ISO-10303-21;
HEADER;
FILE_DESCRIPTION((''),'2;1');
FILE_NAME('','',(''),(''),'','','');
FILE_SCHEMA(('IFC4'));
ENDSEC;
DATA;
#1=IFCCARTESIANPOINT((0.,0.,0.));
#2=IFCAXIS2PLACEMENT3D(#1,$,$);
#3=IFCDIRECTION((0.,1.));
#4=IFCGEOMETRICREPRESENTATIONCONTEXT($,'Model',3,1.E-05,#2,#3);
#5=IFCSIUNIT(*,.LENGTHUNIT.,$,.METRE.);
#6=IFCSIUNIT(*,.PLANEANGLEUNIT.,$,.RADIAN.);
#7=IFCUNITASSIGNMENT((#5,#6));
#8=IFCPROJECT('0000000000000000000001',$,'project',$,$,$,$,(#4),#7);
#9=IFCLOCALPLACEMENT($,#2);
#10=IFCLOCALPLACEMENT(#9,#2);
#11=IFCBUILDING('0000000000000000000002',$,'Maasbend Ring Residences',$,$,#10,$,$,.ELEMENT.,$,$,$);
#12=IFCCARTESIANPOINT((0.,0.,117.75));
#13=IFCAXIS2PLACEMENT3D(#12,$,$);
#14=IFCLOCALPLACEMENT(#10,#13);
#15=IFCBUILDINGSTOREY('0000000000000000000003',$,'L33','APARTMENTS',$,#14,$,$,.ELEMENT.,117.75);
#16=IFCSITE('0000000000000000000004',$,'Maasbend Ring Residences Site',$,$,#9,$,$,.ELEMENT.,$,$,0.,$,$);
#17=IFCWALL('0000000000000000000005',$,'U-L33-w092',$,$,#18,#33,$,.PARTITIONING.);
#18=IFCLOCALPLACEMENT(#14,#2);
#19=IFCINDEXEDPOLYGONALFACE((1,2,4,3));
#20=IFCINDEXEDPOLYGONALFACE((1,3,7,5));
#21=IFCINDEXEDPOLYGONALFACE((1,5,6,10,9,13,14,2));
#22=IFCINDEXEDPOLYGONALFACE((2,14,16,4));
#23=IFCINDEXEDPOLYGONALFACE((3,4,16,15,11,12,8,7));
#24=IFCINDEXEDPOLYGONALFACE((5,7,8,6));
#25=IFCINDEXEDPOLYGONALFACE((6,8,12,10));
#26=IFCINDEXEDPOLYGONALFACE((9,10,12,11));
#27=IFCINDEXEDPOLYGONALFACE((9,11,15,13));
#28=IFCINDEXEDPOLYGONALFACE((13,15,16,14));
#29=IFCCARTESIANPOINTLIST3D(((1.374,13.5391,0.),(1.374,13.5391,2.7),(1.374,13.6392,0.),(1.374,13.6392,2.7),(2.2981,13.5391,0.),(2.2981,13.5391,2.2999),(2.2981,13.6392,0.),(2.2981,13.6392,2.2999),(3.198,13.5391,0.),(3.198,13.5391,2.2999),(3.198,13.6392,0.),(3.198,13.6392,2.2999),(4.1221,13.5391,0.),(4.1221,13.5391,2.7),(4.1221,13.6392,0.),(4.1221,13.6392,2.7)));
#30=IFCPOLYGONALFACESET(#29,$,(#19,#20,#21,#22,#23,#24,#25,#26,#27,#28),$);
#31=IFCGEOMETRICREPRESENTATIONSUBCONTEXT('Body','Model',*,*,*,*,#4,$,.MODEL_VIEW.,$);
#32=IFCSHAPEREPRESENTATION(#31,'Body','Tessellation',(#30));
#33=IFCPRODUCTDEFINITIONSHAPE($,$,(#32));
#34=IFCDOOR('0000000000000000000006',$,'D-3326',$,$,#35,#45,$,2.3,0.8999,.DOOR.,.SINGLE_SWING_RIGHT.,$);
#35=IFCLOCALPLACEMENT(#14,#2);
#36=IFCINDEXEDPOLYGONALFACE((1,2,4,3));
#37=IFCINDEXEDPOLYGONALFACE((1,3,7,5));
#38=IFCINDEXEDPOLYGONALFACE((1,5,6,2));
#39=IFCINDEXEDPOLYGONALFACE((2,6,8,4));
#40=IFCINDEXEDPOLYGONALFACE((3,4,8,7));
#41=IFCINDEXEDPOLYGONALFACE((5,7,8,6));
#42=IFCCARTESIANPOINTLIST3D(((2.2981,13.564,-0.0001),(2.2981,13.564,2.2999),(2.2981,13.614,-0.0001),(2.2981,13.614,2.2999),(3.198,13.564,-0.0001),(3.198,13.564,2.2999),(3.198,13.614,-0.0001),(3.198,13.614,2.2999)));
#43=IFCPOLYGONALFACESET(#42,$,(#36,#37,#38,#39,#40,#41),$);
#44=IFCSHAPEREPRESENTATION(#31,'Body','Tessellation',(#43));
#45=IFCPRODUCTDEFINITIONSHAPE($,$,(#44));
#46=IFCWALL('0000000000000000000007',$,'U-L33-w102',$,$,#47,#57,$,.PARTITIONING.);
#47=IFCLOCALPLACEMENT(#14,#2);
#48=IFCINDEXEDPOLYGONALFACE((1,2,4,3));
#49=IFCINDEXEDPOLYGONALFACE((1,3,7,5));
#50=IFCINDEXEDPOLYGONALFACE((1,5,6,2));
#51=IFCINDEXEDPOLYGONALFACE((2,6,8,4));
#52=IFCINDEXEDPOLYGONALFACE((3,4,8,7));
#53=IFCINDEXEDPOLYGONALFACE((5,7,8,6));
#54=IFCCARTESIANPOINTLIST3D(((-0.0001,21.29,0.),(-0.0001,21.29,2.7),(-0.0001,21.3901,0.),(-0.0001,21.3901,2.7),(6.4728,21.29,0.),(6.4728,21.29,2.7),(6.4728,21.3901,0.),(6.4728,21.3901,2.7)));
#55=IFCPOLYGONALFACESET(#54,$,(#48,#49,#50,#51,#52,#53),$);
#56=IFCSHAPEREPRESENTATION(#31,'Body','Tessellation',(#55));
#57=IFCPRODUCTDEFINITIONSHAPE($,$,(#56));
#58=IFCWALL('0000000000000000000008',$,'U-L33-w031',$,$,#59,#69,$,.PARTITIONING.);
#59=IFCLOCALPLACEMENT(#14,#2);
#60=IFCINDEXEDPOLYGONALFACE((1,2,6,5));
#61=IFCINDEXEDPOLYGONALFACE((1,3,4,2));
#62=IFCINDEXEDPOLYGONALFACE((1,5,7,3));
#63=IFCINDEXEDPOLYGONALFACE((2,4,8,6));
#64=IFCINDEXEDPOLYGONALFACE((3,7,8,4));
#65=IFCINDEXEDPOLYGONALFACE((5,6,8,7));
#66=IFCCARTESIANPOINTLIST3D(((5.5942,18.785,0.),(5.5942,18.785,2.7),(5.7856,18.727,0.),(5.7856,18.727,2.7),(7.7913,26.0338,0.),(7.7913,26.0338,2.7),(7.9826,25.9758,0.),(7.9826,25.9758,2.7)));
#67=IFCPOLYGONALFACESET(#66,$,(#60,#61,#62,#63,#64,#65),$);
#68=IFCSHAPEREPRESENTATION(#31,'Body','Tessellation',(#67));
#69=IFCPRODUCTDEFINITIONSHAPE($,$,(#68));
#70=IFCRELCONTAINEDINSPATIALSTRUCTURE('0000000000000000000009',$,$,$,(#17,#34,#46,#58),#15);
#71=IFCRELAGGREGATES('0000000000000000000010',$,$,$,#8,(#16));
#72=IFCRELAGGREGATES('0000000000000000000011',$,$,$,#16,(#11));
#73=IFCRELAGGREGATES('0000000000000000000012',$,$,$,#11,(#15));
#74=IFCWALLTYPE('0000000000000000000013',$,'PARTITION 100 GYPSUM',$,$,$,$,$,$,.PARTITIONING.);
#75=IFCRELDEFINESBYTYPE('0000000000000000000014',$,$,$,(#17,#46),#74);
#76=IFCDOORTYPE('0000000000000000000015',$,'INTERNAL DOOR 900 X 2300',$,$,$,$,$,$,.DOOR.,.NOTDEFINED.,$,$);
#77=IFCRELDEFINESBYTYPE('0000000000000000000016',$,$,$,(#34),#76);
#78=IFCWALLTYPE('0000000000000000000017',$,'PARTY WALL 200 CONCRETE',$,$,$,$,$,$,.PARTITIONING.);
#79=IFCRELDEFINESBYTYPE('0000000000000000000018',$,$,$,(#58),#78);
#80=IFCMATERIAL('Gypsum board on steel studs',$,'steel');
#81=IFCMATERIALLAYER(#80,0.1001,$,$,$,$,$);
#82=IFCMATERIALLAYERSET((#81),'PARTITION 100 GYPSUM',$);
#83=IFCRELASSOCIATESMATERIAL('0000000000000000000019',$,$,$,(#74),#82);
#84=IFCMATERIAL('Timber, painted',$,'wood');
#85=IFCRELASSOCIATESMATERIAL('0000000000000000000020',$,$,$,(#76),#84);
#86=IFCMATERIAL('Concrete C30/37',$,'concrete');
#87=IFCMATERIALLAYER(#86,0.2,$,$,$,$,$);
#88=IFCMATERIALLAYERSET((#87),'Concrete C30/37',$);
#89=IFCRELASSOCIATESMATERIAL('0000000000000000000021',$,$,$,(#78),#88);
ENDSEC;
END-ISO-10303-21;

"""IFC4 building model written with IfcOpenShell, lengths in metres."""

from ifc_helpers import new_model, si_unit, direction, frame, frame_2d, origin, place, context, subcontext, project, spatial, rectangle, extrude, material, layer, layer_set, type_object, element, fill, save


model = new_model("IFC4")

# Units and contexts
model_context = context("Model", 3, precision=1e-05, world=origin(), true_north=direction((0.0, 1.0)))
body_context = subcontext(model_context, "Body", "Model", "MODEL_VIEW")
ifc_project = project(units=[si_unit("LENGTHUNIT", "METRE"), si_unit("PLANEANGLEUNIT", "RADIAN")], contexts=[model_context])

# Site, building, storey
site_placement = place(None, origin())
site = spatial("IfcSite", under=ifc_project, at=site_placement, Name="Maasbend Ring Residences Site", CompositionType="ELEMENT", RefElevation=0.0)
building_placement = place(site_placement, origin())
building = spatial("IfcBuilding", under=site, at=building_placement, Name="Maasbend Ring Residences", CompositionType="ELEMENT")
storey_placement = place(building_placement, frame((0.0, 0.0, 117.75)))
storey = spatial("IfcBuildingStorey", under=building, at=storey_placement, Name="L33", Description="APARTMENTS", CompositionType="ELEMENT", Elevation=117.75)

# Shared definitions
ifc_material_1 = material(Name="Gypsum board on steel studs", Category="steel")
ifc_layer_1 = layer(ifc_material_1, 0.1001)
ifc_layer_set_1 = layer_set([ifc_layer_1], Name="PARTITION 100 GYPSUM")
wall_type_1 = type_object("IfcWallType", Name="PARTITION 100 GYPSUM", PredefinedType="PARTITIONING", material=ifc_layer_set_1)
ifc_material_2 = material(Name="Timber, painted", Category="wood")
door_type_1 = type_object("IfcDoorType", Name="INTERNAL DOOR 900 X 2300", OperationType="NOTDEFINED", PredefinedType="DOOR", material=ifc_material_2)

# Wall, opening, door
wall_1_placement = place(storey_placement, frame((1.374, 13.5891, 0.0), z_axis=(0.0, 0.0, 1.0), x_axis=(1.0, 0.0, 0.0)))
wall_1 = element("IfcWall", 1, at=wall_1_placement, inside=storey, type_object=wall_type_1, Name="U-L33-w092", PredefinedType="PARTITIONING", context=body_context, shape_type="SweptSolid", body=[
    extrude(rectangle(XDim=2.748, YDim=0.1001, at=frame_2d((1.374, 0.0))), origin(), (0.0, 0.0, 1.0), 2.7),
])
opening_1_placement = place(wall_1_placement, frame((0.9241, 0.0, 0.0)))
opening_1 = element("IfcOpeningElement", 2, at=opening_1_placement, cuts=wall_1, PredefinedType="OPENING", context=body_context, shape_type="SweptSolid", body=[
    extrude(rectangle(XDim=0.8999, YDim=2.3, at=frame_2d((0.45, 1.1499))), frame((0.0, 0.0601, 0.0), z_axis=(0.0, -1.0, 0.0), x_axis=(1.0, 0.0, 0.0)), (0.0, 0.0, 1.0), 0.1201),
])
door_1_placement = place(opening_1_placement, origin())
door_1 = element("IfcDoor", 3, at=door_1_placement, inside=storey, type_object=door_type_1, Name="D-3326", OperationType="SINGLE_SWING_RIGHT", OverallHeight=2.3, OverallWidth=0.8999, PredefinedType="DOOR", context=body_context, shape_type="SweptSolid", body=[
    extrude(rectangle(XDim=0.8999, YDim=2.3, at=frame_2d((0.45, 1.1499))), frame((0.0, 0.0249, 0.0), z_axis=(0.0, -1.0, 0.0), x_axis=(1.0, 0.0, 0.0)), (0.0, 0.0, 1.0), 0.05),
])
fill(opening_1, door_1)

# Walls
wall_2_placement = place(storey_placement, frame((0.0, 21.3401, 0.0), z_axis=(0.0, 0.0, 1.0), x_axis=(1.0, 0.0, 0.0)))
element("IfcWall", 4, at=wall_2_placement, inside=storey, type_object=wall_type_1, Name="U-L33-w102", PredefinedType="PARTITIONING", context=body_context, shape_type="SweptSolid", body=[
    extrude(rectangle(XDim=6.4729, YDim=0.1001, at=frame_2d((3.2363, 0.0))), origin(), (0.0, 0.0, 1.0), 2.7),
])
ifc_material_3 = material(Name="Concrete C30/37", Category="concrete")
ifc_layer_2 = layer(ifc_material_3, 0.2)
ifc_layer_set_2 = layer_set([ifc_layer_2], Name="Concrete C30/37")
wall_type_2 = type_object("IfcWallType", Name="PARTY WALL 200 CONCRETE", PredefinedType="PARTITIONING", material=ifc_layer_set_2)
wall_3_placement = place(storey_placement, frame((5.6899, 18.7561, 0.0), z_axis=(0.0, 0.0, 1.0), x_axis=(0.290058, 0.957009, 0.0)))
element("IfcWall", 5, at=wall_3_placement, inside=storey, type_object=wall_type_2, Name="U-L33-w031", PredefinedType="PARTITIONING", context=body_context, shape_type="SweptSolid", body=[
    extrude(rectangle(XDim=7.5745, YDim=0.2, at=frame_2d((3.7871, 0.0))), origin(), (0.0, 0.0, 1.0), 2.7),
])

save(model, "model.ifc")
